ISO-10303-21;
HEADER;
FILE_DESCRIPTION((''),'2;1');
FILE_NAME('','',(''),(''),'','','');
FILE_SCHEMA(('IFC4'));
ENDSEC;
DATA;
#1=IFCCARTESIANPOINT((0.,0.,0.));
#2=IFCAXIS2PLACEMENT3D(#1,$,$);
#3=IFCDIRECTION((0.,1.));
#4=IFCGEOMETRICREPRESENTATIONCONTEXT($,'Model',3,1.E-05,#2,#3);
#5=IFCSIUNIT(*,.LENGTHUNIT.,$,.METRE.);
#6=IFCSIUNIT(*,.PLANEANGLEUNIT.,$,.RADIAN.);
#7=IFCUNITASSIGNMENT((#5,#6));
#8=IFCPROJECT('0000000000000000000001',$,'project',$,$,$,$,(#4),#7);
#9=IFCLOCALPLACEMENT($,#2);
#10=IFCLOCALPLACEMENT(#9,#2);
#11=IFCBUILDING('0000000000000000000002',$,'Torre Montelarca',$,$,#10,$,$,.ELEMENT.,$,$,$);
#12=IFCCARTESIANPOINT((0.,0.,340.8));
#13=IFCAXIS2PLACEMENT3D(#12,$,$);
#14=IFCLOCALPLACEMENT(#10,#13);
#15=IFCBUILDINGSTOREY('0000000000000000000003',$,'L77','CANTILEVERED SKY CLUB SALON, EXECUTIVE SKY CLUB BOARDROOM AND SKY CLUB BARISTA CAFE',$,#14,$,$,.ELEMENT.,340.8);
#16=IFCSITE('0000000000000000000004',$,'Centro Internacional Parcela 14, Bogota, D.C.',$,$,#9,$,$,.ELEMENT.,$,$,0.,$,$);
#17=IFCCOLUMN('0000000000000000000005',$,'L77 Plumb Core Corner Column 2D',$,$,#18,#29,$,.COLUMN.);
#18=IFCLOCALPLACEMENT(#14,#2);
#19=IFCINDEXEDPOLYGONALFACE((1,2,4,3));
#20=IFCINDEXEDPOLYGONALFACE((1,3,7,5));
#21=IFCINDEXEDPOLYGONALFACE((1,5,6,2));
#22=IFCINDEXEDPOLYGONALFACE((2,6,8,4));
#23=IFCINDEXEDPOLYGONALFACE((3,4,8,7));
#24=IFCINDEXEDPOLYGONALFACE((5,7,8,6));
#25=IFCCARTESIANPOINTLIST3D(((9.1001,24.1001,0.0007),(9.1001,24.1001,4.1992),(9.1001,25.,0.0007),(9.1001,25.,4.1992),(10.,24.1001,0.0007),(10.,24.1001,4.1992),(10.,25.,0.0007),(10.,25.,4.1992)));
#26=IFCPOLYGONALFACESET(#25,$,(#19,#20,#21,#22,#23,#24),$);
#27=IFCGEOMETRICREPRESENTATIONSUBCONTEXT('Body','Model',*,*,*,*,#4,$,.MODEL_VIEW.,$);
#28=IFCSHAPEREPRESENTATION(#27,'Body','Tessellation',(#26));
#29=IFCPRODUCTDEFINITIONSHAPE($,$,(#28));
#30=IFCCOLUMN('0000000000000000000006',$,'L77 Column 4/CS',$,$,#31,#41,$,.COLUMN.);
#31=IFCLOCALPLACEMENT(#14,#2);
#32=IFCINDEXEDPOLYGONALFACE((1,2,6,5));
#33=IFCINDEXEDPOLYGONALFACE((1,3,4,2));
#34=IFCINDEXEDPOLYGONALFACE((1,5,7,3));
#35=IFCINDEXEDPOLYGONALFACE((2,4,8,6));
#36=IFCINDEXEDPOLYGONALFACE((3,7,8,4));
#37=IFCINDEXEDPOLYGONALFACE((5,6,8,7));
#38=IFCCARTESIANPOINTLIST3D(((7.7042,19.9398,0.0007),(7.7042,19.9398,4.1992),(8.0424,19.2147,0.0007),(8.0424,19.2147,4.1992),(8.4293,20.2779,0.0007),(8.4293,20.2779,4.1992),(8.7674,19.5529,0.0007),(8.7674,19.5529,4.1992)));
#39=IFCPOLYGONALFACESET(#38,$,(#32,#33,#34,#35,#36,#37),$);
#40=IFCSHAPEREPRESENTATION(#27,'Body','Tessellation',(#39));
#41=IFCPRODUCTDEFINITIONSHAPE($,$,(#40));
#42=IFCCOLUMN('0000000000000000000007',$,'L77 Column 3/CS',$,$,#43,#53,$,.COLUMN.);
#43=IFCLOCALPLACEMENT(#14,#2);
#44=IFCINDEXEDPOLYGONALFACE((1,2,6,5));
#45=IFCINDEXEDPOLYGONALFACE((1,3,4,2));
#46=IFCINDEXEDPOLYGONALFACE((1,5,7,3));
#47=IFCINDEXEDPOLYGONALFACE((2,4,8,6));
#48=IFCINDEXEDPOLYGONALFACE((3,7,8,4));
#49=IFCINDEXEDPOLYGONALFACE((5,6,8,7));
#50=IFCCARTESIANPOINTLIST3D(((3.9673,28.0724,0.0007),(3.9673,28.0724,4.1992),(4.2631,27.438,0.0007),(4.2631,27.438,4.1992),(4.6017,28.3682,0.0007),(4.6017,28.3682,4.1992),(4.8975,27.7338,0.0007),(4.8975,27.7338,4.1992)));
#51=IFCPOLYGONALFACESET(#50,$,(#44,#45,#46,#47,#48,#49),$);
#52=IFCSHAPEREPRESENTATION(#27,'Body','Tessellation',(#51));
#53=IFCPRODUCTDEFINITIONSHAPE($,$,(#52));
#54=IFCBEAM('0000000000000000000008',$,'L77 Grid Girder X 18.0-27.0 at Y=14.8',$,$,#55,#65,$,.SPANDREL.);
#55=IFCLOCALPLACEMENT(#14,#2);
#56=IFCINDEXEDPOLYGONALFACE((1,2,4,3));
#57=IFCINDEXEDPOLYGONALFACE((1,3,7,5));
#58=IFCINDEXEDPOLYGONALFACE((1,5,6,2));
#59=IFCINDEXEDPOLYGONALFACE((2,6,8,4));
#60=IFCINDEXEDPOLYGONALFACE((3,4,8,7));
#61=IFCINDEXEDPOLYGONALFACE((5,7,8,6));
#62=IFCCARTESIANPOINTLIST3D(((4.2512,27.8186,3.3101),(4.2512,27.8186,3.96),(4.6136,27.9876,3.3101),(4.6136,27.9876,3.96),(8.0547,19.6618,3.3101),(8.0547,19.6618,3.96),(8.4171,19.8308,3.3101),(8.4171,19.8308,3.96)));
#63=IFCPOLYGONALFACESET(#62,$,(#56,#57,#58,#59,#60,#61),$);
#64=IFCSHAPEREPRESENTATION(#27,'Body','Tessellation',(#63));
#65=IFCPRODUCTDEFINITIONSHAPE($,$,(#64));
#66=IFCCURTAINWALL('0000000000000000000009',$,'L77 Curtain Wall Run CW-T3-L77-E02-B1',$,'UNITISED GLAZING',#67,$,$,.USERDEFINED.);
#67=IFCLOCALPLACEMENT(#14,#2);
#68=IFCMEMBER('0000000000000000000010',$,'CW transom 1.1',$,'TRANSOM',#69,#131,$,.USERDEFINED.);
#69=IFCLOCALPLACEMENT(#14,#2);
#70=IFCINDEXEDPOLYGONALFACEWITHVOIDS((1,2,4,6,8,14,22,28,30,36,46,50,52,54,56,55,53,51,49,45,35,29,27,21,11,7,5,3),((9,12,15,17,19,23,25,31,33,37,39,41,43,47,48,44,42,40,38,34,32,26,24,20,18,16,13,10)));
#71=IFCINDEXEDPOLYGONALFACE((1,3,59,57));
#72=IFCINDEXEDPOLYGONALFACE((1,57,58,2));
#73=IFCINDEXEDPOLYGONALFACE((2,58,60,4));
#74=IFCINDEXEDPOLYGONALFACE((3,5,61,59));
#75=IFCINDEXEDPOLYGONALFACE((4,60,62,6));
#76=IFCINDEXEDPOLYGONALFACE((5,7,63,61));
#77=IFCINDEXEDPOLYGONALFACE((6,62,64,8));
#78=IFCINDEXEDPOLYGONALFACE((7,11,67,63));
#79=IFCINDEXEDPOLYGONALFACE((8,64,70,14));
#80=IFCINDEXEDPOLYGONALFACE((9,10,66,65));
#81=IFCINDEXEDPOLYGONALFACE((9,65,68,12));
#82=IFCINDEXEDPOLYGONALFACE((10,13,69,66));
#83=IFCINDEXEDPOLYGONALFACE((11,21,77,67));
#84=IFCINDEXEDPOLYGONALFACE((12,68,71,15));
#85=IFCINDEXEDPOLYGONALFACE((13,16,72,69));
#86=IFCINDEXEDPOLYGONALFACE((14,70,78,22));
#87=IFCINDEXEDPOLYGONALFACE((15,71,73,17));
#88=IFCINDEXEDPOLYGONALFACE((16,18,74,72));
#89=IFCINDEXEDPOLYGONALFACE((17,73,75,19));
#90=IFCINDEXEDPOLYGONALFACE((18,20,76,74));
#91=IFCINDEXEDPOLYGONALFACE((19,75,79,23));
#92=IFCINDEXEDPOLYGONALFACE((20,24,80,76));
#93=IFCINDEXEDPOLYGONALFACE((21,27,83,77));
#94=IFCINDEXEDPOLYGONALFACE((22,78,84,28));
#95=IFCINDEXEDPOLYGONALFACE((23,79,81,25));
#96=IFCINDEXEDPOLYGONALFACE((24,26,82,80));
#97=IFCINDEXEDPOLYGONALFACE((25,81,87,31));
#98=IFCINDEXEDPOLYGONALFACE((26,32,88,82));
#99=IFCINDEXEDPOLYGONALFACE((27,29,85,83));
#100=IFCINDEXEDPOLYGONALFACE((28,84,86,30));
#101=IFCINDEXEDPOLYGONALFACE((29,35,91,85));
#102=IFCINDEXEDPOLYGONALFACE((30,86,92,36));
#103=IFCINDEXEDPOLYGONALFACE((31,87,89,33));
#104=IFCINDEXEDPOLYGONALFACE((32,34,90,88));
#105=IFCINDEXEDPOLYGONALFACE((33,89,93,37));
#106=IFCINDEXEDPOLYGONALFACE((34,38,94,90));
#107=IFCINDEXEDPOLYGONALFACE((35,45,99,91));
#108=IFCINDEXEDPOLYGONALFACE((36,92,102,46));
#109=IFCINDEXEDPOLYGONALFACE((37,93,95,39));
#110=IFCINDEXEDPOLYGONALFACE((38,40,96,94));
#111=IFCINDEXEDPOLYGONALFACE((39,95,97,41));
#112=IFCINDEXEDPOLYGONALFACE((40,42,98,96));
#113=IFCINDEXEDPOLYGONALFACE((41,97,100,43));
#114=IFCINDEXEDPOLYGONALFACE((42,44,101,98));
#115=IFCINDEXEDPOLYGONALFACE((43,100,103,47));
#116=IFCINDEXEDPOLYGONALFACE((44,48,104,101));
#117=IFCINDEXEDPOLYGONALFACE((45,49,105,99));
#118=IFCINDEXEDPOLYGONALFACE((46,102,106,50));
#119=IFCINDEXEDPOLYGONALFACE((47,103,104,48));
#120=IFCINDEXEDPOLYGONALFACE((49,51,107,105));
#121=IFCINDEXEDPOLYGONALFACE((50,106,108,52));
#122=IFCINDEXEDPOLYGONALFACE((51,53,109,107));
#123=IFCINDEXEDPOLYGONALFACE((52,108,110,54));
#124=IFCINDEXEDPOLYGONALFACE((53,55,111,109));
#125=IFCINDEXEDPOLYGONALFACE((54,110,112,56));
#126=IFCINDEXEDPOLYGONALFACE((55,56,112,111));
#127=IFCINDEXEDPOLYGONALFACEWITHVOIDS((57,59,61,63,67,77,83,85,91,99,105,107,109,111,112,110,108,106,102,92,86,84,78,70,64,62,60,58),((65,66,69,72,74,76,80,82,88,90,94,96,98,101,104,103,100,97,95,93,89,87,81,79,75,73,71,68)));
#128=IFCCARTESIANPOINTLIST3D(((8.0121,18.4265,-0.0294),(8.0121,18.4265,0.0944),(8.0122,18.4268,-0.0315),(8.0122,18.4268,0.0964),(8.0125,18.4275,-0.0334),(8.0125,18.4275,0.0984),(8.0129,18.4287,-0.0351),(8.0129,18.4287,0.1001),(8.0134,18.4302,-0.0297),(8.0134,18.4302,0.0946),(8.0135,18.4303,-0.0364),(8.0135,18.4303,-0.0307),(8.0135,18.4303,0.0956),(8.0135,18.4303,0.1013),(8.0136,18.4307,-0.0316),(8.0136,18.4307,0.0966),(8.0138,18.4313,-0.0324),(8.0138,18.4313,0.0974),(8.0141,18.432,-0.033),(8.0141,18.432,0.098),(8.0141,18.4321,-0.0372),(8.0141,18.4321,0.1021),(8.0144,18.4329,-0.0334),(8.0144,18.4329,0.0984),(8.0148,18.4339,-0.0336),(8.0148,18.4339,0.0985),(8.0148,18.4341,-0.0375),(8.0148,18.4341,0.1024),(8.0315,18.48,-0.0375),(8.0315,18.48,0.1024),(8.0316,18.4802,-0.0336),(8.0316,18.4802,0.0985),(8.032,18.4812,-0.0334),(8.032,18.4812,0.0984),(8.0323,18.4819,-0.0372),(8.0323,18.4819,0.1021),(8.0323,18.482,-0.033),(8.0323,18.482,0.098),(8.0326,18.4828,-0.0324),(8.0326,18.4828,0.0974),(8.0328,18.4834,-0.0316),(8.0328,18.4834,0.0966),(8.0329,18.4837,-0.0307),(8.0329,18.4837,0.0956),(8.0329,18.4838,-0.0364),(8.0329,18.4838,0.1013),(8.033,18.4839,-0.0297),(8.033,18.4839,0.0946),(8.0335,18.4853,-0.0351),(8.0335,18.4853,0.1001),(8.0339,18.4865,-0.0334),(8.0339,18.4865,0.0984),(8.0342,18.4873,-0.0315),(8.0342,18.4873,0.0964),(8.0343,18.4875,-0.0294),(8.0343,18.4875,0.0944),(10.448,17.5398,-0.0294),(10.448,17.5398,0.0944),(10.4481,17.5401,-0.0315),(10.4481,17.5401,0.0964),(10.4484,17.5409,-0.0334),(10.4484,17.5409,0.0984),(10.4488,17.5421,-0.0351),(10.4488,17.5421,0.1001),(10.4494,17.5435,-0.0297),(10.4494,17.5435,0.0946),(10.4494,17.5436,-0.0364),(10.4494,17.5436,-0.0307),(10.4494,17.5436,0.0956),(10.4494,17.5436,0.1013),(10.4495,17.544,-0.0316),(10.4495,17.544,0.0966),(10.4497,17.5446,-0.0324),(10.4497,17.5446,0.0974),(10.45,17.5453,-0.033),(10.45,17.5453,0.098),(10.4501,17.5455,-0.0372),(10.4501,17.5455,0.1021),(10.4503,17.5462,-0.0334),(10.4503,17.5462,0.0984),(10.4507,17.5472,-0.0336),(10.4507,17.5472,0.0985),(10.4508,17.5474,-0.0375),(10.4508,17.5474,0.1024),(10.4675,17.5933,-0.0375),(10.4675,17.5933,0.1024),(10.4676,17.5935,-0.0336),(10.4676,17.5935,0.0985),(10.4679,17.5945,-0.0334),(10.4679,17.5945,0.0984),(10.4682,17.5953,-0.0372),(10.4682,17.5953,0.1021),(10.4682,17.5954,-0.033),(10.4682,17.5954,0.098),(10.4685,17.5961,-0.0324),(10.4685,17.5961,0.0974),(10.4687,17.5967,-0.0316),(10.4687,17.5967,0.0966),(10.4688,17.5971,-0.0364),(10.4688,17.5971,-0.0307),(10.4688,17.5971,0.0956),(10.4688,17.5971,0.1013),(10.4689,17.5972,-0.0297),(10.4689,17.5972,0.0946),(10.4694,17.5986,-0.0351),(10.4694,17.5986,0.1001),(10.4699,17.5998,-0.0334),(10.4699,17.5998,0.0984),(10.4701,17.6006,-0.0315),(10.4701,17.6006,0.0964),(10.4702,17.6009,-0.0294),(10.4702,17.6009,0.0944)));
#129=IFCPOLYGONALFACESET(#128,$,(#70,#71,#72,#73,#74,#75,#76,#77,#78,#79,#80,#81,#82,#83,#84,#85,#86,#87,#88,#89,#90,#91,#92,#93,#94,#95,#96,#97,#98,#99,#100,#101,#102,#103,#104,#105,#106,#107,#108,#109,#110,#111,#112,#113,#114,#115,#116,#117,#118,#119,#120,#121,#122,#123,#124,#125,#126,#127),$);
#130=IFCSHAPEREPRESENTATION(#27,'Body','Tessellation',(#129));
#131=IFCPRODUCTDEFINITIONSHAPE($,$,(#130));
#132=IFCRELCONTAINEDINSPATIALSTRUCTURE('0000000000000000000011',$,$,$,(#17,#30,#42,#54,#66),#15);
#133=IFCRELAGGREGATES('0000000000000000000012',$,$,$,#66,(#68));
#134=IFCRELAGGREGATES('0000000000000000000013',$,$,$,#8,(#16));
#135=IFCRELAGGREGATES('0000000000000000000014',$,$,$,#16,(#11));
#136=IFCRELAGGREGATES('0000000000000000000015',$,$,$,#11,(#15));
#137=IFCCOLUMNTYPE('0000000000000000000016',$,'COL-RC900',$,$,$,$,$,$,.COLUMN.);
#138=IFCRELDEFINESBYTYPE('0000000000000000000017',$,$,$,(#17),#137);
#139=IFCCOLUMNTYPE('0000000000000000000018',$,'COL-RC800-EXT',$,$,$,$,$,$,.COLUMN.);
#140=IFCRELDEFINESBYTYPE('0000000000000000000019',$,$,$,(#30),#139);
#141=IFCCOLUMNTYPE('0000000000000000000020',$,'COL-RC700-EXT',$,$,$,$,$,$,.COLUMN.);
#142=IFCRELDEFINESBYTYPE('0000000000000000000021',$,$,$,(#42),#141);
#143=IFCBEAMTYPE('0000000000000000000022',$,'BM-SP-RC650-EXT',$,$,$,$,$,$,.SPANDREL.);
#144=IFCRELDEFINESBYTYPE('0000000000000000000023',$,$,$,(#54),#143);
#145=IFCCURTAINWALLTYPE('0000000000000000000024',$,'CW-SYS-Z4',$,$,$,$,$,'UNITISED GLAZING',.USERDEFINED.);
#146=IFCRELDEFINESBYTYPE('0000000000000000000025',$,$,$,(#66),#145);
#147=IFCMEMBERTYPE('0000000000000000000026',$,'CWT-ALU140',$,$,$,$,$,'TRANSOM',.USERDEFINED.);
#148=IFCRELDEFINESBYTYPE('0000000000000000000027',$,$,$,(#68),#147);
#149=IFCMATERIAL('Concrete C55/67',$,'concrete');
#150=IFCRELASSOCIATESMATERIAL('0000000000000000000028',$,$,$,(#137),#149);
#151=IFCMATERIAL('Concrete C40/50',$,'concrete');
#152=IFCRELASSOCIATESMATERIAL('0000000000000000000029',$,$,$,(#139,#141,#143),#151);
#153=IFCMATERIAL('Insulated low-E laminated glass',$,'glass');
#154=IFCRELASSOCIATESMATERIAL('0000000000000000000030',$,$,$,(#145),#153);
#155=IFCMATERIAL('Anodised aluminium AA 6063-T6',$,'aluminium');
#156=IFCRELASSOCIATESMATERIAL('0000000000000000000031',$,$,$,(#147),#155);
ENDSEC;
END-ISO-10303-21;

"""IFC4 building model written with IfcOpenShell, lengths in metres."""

from ifc_helpers import new_model, si_unit, direction, frame, origin, origin_2d, place, context, subcontext, project, spatial, rectangle, hollow_rectangle, extrude, source, transform, mapped, material, material_profile, profile_set, type_object, element, aggregate, save


model = new_model("IFC4")

# Units and contexts
model_context = context("Model", 3, precision=1e-05, world=origin(), true_north=direction((0.0, 1.0)))
body_context = subcontext(model_context, "Body", "Model", "MODEL_VIEW")
ifc_project = project(units=[si_unit("LENGTHUNIT", "METRE"), si_unit("PLANEANGLEUNIT", "RADIAN")], contexts=[model_context])

# Site, building, storey
site_placement = place(None, origin())
site = spatial("IfcSite", under=ifc_project, at=site_placement, Name="Centro Internacional Parcela 14, Bogota, D.C.", CompositionType="ELEMENT", RefElevation=0.0)
building_placement = place(site_placement, origin())
building = spatial("IfcBuilding", under=site, at=building_placement, Name="Torre Montelarca", CompositionType="ELEMENT")
storey_placement = place(building_placement, frame((0.0, 0.0, 340.8)))
storey = spatial("IfcBuildingStorey", under=building, at=storey_placement, Name="L77", Description="CANTILEVERED SKY CLUB SALON, EXECUTIVE SKY CLUB BOARDROOM AND SKY CLUB BARISTA CAFE", CompositionType="ELEMENT", Elevation=340.8)

# Columns
ifc_material_1 = material(Name="Concrete C55/67", Category="concrete")
ifc_material_profile_1 = material_profile(ifc_material_1, rectangle(XDim=0.8999, YDim=0.8999, at=origin_2d()), Name="RC900X900", Category="concrete")
ifc_profile_set_1 = profile_set([ifc_material_profile_1], Name="Concrete C55/67")
column_type_1 = type_object("IfcColumnType", Name="COL-RC900", PredefinedType="COLUMN", material=ifc_profile_set_1)
shared_shape_1 = source(origin(), body_context, "Body", "SweptSolid", [
    extrude(rectangle(XDim=0.8999, YDim=0.8999, at=origin_2d()), origin(), (0.0, 0.0, 1.0), 4.1985),
])
column_1_placement = place(storey_placement, frame((9.55, 24.55, 0.0007), z_axis=(0.0, 0.0, 1.0), x_axis=(1.0, 0.0, 0.0)))
element("IfcColumn", 1, at=column_1_placement, inside=storey, type_object=column_type_1, Name="L77 Plumb Core Corner Column 2D", PredefinedType="COLUMN", context=body_context, shape_type="MappedRepresentation", body=[
    mapped(shared_shape_1, transform((0.0, 0.0, 0.0), scale=1.0)),
])
ifc_material_2 = material(Name="Concrete C40/50", Category="concrete")
ifc_material_profile_2 = material_profile(ifc_material_2, rectangle(XDim=0.8, YDim=0.8, at=origin_2d()), Name="RC800X800", Category="concrete")
ifc_profile_set_2 = profile_set([ifc_material_profile_2], Name="Concrete C40/50")
column_type_2 = type_object("IfcColumnType", Name="COL-RC800-EXT", PredefinedType="COLUMN", material=ifc_profile_set_2)
shared_shape_2 = source(origin(), body_context, "Body", "SweptSolid", [
    extrude(rectangle(XDim=0.8, YDim=0.8, at=origin_2d()), origin(), (0.0, 0.0, 1.0), 4.1985),
])
column_2_placement = place(storey_placement, frame((8.2358, 19.7463, 0.0007), z_axis=(0.0, 0.0, 1.0), x_axis=(-0.422618, 0.906308, 0.0)))
element("IfcColumn", 2, at=column_2_placement, inside=storey, type_object=column_type_2, Name="L77 Column 4/CS", PredefinedType="COLUMN", context=body_context, shape_type="MappedRepresentation", body=[
    mapped(shared_shape_2, transform((0.0, 0.0, 0.0), scale=1.0)),
])
ifc_material_profile_3 = material_profile(ifc_material_2, rectangle(XDim=0.7, YDim=0.7, at=origin_2d()), Name="RC700X700", Category="concrete")
ifc_profile_set_3 = profile_set([ifc_material_profile_3], Name="Concrete C40/50")
column_type_3 = type_object("IfcColumnType", Name="COL-RC700-EXT", PredefinedType="COLUMN", material=ifc_profile_set_3)
shared_shape_3 = source(origin(), body_context, "Body", "SweptSolid", [
    extrude(rectangle(XDim=0.7, YDim=0.7, at=origin_2d()), origin(), (0.0, 0.0, 1.0), 4.1985),
])
column_3_placement = place(storey_placement, frame((4.4324, 27.9031, 0.0007), z_axis=(0.0, 0.0, 1.0), x_axis=(-0.422618, 0.906308, 0.0)))
element("IfcColumn", 3, at=column_3_placement, inside=storey, type_object=column_type_3, Name="L77 Column 3/CS", PredefinedType="COLUMN", context=body_context, shape_type="MappedRepresentation", body=[
    mapped(shared_shape_3, transform((0.0, 0.0, 0.0), scale=1.0)),
])

# Beam
ifc_material_profile_4 = material_profile(ifc_material_2, rectangle(XDim=0.3999, YDim=0.6499, at=origin_2d()), Name="RCB400X650", Category="concrete")
ifc_profile_set_4 = profile_set([ifc_material_profile_4], Name="Concrete C40/50")
beam_type = type_object("IfcBeamType", Name="BM-SP-RC650-EXT", PredefinedType="SPANDREL", material=ifc_profile_set_4)
shared_shape_4 = source(origin(), body_context, "Body", "SweptSolid", [
    extrude(rectangle(XDim=0.3999, YDim=0.6499, at=origin_2d()), origin(), (0.0, 0.0, 1.0), 9.0),
])
beam_placement = place(storey_placement, frame((4.4324, 27.9031, 3.635), z_axis=(0.422611, -0.906311, 0.0), x_axis=(0.906311, 0.422611, 0.0)))
element("IfcBeam", 4, at=beam_placement, inside=storey, type_object=beam_type, Name="L77 Grid Girder X 18.0-27.0 at Y=14.8", PredefinedType="SPANDREL", context=body_context, shape_type="MappedRepresentation", body=[
    mapped(shared_shape_4, transform((0.0, 0.0, 0.0), scale=1.0)),
])

# Curtain wall, member
ifc_material_3 = material(Name="Insulated low-E laminated glass", Category="glass")
curtain_wall_type = type_object("IfcCurtainWallType", Name="CW-SYS-Z4", ElementType="UNITISED GLAZING", PredefinedType="USERDEFINED", material=ifc_material_3)
curtain_wall_1_placement = place(storey_placement, origin())
curtain_wall_1 = element("IfcCurtainWall", 5, at=curtain_wall_1_placement, inside=storey, type_object=curtain_wall_type, Name="L77 Curtain Wall Run CW-T3-L77-E02-B1", ObjectType="UNITISED GLAZING", PredefinedType="USERDEFINED")
ifc_material_4 = material(Name="Anodised aluminium AA 6063-T6", Category="aluminium")
ifc_material_profile_5 = material_profile(ifc_material_4, hollow_rectangle(XDim=0.0649, YDim=0.1399, WallThickness=0.0039, InnerFilletRadius=0.0039, OuterFilletRadius=0.0081, at=origin_2d()), Name="ALU65X140X4", Category="aluminium")
ifc_profile_set_5 = profile_set([ifc_material_profile_5], Name="Anodised aluminium AA 6063-T6")
member_type_1 = type_object("IfcMemberType", Name="CWT-ALU140", ElementType="TRANSOM", PredefinedType="USERDEFINED", material=ifc_profile_set_5)
shared_shape_5 = source(origin(), body_context, "Body", "SweptSolid", [
    extrude(hollow_rectangle(XDim=0.0649, YDim=0.1399, WallThickness=0.0039, InnerFilletRadius=0.0039, OuterFilletRadius=0.0081, at=origin_2d()), origin(), (0.0, 0.0, 1.0), 2.5923),
])
member_1_placement = place(storey_placement, frame((8.0232, 18.457, 0.0325), z_axis=(0.939683, -0.342046, 0.0), x_axis=(0.342046, 0.939683, 0.0)))
member_1 = element("IfcMember", 6, at=member_1_placement, type_object=member_type_1, Name="CW transom 1.1", ObjectType="TRANSOM", PredefinedType="USERDEFINED", context=body_context, shape_type="MappedRepresentation", body=[
    mapped(shared_shape_5, transform((0.0, 0.0, 0.0), scale=1.0)),
])

aggregate(curtain_wall_1, [member_1])

save(model, "model.ifc")
